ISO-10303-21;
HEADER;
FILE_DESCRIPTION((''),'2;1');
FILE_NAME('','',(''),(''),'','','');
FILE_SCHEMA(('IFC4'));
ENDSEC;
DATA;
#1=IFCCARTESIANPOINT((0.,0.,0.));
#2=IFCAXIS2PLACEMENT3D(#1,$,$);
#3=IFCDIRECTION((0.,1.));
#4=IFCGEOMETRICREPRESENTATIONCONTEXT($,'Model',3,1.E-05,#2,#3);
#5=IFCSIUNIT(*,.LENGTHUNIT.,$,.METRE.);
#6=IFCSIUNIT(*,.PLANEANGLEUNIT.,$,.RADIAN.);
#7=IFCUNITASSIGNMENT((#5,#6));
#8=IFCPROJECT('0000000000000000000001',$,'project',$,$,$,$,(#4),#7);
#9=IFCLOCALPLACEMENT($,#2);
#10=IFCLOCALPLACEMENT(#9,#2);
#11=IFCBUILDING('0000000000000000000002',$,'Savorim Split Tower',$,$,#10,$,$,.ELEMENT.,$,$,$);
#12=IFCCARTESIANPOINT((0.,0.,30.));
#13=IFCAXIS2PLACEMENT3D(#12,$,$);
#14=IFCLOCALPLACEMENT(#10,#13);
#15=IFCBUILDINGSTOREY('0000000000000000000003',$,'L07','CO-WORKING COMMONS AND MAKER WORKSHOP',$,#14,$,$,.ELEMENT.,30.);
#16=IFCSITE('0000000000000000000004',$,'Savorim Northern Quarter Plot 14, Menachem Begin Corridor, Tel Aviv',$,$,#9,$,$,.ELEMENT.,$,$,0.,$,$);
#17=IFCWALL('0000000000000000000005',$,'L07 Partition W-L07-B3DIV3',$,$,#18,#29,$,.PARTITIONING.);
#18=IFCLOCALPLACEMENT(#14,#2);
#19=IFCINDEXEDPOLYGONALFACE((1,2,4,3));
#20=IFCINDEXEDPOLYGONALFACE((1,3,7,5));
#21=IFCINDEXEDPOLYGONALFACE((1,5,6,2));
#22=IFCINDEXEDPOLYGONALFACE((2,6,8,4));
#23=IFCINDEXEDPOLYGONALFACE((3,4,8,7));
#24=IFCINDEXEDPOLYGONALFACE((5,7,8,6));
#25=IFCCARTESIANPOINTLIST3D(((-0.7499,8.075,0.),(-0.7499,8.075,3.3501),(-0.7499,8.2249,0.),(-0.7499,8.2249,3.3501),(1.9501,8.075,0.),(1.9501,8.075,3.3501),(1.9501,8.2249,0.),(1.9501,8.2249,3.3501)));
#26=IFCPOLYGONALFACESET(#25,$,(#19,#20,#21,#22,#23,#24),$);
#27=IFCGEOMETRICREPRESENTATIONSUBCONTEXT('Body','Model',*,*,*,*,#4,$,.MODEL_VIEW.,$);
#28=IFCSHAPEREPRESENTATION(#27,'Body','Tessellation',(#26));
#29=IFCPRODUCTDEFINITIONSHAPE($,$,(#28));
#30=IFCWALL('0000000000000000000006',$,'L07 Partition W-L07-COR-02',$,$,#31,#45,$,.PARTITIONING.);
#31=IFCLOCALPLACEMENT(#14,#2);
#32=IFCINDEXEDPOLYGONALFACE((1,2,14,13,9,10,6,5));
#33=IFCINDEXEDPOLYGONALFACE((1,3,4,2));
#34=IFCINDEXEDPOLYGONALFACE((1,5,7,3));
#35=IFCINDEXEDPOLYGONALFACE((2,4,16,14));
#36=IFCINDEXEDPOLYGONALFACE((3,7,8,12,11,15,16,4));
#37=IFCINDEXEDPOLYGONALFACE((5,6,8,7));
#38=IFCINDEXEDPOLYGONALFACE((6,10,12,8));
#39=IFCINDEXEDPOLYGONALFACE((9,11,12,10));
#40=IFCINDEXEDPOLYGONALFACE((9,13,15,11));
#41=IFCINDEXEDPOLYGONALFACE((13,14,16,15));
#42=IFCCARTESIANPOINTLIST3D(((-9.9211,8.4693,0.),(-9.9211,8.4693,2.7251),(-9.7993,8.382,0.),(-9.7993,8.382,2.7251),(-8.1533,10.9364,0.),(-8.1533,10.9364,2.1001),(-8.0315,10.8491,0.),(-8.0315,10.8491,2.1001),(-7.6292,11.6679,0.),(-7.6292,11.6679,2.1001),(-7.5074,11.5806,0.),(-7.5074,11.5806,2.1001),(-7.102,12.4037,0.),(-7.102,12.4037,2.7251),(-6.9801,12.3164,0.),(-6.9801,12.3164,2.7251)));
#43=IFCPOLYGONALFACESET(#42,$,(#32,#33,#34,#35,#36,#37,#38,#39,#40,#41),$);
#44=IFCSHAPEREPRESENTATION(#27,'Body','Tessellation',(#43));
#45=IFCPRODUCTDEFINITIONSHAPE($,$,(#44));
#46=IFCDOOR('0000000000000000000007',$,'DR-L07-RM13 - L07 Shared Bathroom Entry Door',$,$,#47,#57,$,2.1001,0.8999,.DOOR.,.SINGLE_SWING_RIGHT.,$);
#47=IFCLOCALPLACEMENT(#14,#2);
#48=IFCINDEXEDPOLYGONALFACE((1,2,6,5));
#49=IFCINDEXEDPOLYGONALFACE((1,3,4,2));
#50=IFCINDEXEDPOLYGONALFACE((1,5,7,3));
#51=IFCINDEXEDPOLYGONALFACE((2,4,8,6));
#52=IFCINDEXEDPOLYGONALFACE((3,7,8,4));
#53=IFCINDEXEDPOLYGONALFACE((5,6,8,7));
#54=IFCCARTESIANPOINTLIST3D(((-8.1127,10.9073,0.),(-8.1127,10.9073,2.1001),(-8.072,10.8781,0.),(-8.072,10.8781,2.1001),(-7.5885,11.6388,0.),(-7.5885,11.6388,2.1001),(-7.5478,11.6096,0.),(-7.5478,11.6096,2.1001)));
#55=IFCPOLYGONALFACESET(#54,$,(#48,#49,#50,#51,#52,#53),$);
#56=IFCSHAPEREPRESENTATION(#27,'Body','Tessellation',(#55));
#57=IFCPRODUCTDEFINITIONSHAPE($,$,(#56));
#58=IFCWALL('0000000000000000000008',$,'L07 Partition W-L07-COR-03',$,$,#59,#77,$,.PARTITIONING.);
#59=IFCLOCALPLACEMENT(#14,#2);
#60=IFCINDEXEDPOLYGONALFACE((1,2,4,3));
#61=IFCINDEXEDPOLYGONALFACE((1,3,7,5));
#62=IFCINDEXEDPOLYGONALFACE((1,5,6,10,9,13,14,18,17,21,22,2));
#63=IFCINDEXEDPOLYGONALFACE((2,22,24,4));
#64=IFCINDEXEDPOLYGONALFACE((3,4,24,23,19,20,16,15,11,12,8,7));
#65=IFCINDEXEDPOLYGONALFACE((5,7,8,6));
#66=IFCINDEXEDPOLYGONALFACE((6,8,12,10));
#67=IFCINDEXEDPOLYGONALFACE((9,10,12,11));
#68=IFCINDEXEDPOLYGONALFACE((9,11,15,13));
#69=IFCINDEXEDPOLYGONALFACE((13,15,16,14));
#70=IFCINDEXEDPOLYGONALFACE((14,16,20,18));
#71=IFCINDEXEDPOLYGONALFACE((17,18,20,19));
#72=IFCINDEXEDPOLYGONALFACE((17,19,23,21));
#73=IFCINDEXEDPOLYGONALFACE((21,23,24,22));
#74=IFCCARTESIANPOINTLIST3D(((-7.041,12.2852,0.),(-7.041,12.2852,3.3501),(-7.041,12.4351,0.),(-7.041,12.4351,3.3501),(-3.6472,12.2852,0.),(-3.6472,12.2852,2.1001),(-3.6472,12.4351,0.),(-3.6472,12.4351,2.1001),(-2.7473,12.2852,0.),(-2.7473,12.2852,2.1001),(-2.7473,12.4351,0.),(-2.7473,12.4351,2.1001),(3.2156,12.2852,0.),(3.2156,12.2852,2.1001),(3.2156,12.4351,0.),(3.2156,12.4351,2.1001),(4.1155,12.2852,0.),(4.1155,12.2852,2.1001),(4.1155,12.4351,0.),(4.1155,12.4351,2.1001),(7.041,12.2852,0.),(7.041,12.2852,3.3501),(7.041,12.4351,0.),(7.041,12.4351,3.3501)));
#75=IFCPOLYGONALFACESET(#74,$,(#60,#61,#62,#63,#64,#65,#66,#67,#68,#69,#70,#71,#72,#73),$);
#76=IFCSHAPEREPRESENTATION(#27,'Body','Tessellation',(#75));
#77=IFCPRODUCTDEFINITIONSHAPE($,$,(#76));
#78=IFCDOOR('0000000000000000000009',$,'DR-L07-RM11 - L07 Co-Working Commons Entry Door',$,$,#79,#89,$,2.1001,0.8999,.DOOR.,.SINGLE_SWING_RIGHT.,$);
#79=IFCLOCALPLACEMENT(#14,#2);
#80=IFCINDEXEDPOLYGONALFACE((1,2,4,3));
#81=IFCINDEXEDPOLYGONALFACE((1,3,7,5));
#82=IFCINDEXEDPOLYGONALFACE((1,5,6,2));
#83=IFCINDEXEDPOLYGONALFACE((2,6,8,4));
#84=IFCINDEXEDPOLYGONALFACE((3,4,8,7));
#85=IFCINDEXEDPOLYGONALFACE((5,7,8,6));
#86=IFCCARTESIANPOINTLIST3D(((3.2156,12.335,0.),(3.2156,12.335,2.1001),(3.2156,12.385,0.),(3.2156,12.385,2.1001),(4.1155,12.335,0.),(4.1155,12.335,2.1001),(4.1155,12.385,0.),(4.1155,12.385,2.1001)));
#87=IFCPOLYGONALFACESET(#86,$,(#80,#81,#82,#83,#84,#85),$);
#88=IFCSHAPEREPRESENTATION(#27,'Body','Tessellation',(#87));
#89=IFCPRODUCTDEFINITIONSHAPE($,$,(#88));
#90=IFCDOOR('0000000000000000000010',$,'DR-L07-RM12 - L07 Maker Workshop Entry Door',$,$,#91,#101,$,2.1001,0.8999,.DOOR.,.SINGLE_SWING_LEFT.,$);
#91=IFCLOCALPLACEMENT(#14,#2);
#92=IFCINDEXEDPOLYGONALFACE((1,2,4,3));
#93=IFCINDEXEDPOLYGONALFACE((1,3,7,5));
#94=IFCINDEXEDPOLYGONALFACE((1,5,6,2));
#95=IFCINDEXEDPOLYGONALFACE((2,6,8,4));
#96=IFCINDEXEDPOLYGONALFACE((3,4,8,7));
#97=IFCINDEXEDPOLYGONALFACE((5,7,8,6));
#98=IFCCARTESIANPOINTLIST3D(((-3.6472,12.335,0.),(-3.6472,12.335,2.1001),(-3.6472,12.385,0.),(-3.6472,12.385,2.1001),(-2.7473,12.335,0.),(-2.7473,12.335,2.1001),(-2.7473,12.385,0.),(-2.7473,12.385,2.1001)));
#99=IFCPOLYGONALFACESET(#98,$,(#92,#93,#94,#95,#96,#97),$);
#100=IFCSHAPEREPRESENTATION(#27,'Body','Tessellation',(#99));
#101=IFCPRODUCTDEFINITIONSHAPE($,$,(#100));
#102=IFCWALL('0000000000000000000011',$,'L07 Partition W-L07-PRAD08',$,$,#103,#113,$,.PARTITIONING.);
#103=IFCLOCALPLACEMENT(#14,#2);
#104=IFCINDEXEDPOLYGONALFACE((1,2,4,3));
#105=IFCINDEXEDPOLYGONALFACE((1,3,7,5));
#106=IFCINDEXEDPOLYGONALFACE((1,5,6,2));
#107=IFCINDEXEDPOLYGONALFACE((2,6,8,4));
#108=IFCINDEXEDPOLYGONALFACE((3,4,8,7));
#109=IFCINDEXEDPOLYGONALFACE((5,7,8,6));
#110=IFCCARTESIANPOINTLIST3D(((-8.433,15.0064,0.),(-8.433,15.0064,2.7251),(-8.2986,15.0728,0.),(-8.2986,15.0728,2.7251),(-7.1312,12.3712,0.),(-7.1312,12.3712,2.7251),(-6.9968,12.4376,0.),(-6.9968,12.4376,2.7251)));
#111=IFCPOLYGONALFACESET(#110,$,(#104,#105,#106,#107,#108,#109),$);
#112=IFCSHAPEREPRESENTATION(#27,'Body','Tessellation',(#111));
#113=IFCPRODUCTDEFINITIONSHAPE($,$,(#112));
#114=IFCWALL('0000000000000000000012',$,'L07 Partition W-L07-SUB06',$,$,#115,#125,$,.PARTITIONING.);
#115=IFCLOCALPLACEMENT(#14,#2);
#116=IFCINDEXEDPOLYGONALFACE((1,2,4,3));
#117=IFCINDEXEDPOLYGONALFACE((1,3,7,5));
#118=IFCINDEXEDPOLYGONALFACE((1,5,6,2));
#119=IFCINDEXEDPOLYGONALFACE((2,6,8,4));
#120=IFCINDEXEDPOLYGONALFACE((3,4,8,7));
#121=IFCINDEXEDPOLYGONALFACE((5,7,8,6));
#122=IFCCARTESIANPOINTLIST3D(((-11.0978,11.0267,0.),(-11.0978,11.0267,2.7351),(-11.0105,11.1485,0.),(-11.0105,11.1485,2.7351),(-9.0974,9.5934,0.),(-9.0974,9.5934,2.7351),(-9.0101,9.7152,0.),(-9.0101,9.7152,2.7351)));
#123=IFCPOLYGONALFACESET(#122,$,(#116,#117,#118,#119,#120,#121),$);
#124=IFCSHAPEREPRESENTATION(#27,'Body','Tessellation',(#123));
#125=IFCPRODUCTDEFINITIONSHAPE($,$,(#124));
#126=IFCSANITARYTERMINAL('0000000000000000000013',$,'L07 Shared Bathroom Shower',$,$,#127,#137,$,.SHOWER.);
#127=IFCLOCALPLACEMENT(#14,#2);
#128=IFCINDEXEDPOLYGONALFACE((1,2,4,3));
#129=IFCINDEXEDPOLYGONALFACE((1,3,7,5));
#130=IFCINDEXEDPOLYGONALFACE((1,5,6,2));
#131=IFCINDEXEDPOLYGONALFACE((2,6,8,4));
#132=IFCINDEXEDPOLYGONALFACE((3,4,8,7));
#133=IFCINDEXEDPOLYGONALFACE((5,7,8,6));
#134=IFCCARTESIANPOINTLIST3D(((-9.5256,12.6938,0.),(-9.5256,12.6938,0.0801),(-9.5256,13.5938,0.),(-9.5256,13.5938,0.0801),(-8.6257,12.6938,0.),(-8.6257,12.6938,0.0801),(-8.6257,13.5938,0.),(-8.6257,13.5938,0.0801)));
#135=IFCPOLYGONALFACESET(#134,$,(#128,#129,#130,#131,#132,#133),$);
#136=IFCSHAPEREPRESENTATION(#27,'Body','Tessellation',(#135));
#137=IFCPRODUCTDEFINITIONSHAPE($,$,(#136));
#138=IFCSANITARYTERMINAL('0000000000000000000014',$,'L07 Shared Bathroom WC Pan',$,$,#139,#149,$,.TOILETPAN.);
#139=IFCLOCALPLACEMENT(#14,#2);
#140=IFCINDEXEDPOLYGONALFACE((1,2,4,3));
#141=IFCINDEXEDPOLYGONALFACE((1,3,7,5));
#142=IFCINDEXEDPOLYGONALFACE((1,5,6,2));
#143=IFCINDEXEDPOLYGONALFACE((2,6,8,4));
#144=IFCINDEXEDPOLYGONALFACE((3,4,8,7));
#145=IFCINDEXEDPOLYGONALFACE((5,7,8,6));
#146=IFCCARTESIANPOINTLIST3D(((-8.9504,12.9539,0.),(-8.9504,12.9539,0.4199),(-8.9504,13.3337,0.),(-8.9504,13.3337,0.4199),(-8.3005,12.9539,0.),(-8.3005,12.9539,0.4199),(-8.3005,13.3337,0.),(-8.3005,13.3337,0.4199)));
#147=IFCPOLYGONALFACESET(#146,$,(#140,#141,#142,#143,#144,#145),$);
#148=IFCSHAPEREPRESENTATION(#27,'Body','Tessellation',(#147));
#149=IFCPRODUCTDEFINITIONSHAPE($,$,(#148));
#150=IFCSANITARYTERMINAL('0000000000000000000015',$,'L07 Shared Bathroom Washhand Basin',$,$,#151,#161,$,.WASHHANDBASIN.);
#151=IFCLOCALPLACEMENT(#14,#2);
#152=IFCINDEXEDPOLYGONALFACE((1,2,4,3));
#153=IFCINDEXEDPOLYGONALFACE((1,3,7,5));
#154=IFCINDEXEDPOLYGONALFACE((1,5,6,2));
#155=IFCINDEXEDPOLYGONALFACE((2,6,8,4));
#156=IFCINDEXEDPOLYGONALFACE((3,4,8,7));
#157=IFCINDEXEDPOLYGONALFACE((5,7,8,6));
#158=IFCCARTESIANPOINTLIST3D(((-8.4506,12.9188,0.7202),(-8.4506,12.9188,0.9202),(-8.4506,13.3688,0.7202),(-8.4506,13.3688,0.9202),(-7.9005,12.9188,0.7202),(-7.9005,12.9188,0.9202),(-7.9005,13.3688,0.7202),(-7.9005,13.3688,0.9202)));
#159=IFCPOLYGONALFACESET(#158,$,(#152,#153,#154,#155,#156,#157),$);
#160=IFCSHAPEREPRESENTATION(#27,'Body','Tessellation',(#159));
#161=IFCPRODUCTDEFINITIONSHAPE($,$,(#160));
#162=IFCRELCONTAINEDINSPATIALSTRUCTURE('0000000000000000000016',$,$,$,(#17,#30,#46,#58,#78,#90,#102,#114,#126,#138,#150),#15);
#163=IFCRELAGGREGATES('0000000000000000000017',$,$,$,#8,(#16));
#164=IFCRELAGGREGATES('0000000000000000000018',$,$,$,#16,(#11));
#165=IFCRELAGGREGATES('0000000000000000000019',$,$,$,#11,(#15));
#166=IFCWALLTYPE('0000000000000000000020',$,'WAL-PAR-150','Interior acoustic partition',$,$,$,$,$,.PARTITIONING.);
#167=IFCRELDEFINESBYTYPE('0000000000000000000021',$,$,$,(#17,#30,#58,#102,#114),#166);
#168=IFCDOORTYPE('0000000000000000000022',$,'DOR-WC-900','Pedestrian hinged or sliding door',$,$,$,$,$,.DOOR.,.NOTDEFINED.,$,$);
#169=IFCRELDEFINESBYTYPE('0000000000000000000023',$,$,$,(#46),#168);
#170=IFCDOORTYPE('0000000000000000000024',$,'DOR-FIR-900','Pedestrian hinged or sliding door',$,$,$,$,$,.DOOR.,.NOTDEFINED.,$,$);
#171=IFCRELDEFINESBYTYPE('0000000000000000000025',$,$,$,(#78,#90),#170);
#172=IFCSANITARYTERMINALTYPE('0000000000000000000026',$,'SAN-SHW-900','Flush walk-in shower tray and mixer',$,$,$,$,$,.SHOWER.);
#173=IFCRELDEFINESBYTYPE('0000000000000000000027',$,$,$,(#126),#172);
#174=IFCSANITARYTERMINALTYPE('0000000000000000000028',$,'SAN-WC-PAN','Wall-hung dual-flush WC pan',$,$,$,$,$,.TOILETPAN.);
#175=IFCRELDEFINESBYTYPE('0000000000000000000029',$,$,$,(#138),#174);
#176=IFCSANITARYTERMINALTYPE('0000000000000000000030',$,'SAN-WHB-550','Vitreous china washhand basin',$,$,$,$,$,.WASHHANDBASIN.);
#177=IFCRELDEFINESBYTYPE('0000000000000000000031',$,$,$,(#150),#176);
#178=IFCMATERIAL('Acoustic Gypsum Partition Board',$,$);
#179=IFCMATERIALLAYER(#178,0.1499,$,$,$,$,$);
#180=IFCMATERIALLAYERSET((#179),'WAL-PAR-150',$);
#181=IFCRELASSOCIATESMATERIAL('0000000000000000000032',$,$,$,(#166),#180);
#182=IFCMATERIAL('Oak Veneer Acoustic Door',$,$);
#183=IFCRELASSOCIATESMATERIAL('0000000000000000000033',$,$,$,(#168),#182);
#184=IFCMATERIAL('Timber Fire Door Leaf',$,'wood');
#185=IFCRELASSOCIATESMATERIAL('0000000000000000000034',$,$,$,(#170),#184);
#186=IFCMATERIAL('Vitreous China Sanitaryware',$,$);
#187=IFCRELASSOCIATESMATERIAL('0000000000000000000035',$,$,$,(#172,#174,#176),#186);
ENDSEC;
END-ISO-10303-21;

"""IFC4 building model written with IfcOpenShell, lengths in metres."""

from ifc_helpers import new_model, si_unit, direction, frame, frame_2d, origin, origin_2d, place, context, subcontext, project, spatial, rectangle, extrude, material, layer, layer_set, type_object, element, fill, save


model = new_model("IFC4")

# Units and contexts
model_context = context("Model", 3, precision=1e-05, world=origin(), true_north=direction((0.0, 1.0)))
body_context = subcontext(model_context, "Body", "Model", "MODEL_VIEW")
ifc_project = project(units=[si_unit("LENGTHUNIT", "METRE"), si_unit("PLANEANGLEUNIT", "RADIAN")], contexts=[model_context])

# Site, building, storey
site_placement = place(None, origin())
site = spatial("IfcSite", under=ifc_project, at=site_placement, Name="Savorim Northern Quarter Plot 14, Menachem Begin Corridor, Tel Aviv", CompositionType="ELEMENT", RefElevation=0.0)
building_placement = place(site_placement, origin())
building = spatial("IfcBuilding", under=site, at=building_placement, Name="Savorim Split Tower", CompositionType="ELEMENT")
storey_placement = place(building_placement, frame((0.0, 0.0, 30.0)))
storey = spatial("IfcBuildingStorey", under=building, at=storey_placement, Name="L07", Description="CO-WORKING COMMONS AND MAKER WORKSHOP", CompositionType="ELEMENT", Elevation=30.0)

# Wall
ifc_material_1 = material(Name="Acoustic Gypsum Partition Board")
ifc_layer_1 = layer(ifc_material_1, 0.1499)
ifc_layer_set_1 = layer_set([ifc_layer_1], Name="WAL-PAR-150")
wall_type_1 = type_object("IfcWallType", Name="WAL-PAR-150", Description="Interior acoustic partition", PredefinedType="PARTITIONING", material=ifc_layer_set_1)
wall_1_placement = place(storey_placement, frame((-0.75, 8.1499, 0.0), z_axis=(0.0, 0.0, 1.0), x_axis=(1.0, 0.0, 0.0)))
element("IfcWall", 1, at=wall_1_placement, inside=storey, type_object=wall_type_1, Name="L07 Partition W-L07-B3DIV3", PredefinedType="PARTITIONING", context=body_context, shape_type="SweptSolid", body=[
    extrude(rectangle(XDim=2.7, YDim=0.1499, at=frame_2d((1.3501, 0.0))), origin(), (0.0, 0.0, 1.0), 3.3501),
])

# Wall, opening, door
wall_2_placement = place(storey_placement, frame((-9.8601, 8.4258, 0.0), z_axis=(0.0, 0.0, 1.0), x_axis=(0.58245, 0.812867, 0.0)))
wall_2 = element("IfcWall", 2, at=wall_2_placement, inside=storey, type_object=wall_type_1, Name="L07 Partition W-L07-COR-02", PredefinedType="PARTITIONING", context=body_context, shape_type="SweptSolid", body=[
    extrude(rectangle(XDim=4.8401, YDim=0.1499, at=frame_2d((2.4199, 0.0))), origin(), (0.0, 0.0, 1.0), 2.7251),
])
opening_1_placement = place(wall_2_placement, frame((3.0349, 0.0, 0.0)))
opening_1 = element("IfcOpeningElement", 3, at=opening_1_placement, cuts=wall_2, PredefinedType="OPENING", context=body_context, shape_type="SweptSolid", body=[
    extrude(rectangle(XDim=0.8999, YDim=2.1001, at=frame_2d((0.45, 1.05))), frame((0.0, 0.085, 0.0), z_axis=(0.0, -1.0, 0.0), x_axis=(1.0, 0.0, 0.0)), (0.0, 0.0, 1.0), 0.1699),
])
ifc_material_2 = material(Name="Oak Veneer Acoustic Door")
door_type_1 = type_object("IfcDoorType", Name="DOR-WC-900", Description="Pedestrian hinged or sliding door", OperationType="NOTDEFINED", PredefinedType="DOOR", material=ifc_material_2)
door_1_placement = place(opening_1_placement, origin())
door_1 = element("IfcDoor", 4, at=door_1_placement, inside=storey, type_object=door_type_1, Name="DR-L07-RM13 - L07 Shared Bathroom Entry Door", OperationType="SINGLE_SWING_RIGHT", OverallHeight=2.1001, OverallWidth=0.8999, PredefinedType="DOOR", context=body_context, shape_type="SweptSolid", body=[
    extrude(rectangle(XDim=0.8999, YDim=2.1001, at=frame_2d((0.45, 1.05))), frame((0.0, 0.0249, 0.0), z_axis=(0.0, -1.0, 0.0), x_axis=(1.0, 0.0, 0.0)), (0.0, 0.0, 1.0), 0.05),
])
fill(opening_1, door_1)

# Wall, openings, doors
wall_3_placement = place(storey_placement, frame((-7.041, 12.3601, 0.0), z_axis=(0.0, 0.0, 1.0), x_axis=(1.0, 0.0, 0.0)))
wall_3 = element("IfcWall", 5, at=wall_3_placement, inside=storey, type_object=wall_type_1, Name="L07 Partition W-L07-COR-03", PredefinedType="PARTITIONING", context=body_context, shape_type="SweptSolid", body=[
    extrude(rectangle(XDim=14.082, YDim=0.1499, at=frame_2d((7.041, 0.0))), origin(), (0.0, 0.0, 1.0), 3.3501),
])
opening_2_placement = place(wall_3_placement, frame((10.2566, 0.0, 0.0)))
opening_2 = element("IfcOpeningElement", 6, at=opening_2_placement, cuts=wall_3, PredefinedType="OPENING", context=body_context, shape_type="SweptSolid", body=[
    extrude(rectangle(XDim=0.8999, YDim=2.1001, at=frame_2d((0.45, 1.05))), frame((0.0, 0.085, 0.0), z_axis=(0.0, -1.0, 0.0), x_axis=(1.0, 0.0, 0.0)), (0.0, 0.0, 1.0), 0.1699),
])
opening_3_placement = place(wall_3_placement, frame((3.3938, 0.0, 0.0)))
opening_3 = element("IfcOpeningElement", 7, at=opening_3_placement, cuts=wall_3, PredefinedType="OPENING", context=body_context, shape_type="SweptSolid", body=[
    extrude(rectangle(XDim=0.8999, YDim=2.1001, at=frame_2d((0.45, 1.05))), frame((0.0, 0.085, 0.0), z_axis=(0.0, -1.0, 0.0), x_axis=(1.0, 0.0, 0.0)), (0.0, 0.0, 1.0), 0.1699),
])
ifc_material_3 = material(Name="Timber Fire Door Leaf", Category="wood")
door_type_2 = type_object("IfcDoorType", Name="DOR-FIR-900", Description="Pedestrian hinged or sliding door", OperationType="NOTDEFINED", PredefinedType="DOOR", material=ifc_material_3)
door_2_placement = place(opening_2_placement, origin())
door_2 = element("IfcDoor", 8, at=door_2_placement, inside=storey, type_object=door_type_2, Name="DR-L07-RM11 - L07 Co-Working Commons Entry Door", OperationType="SINGLE_SWING_RIGHT", OverallHeight=2.1001, OverallWidth=0.8999, PredefinedType="DOOR", context=body_context, shape_type="SweptSolid", body=[
    extrude(rectangle(XDim=0.8999, YDim=2.1001, at=frame_2d((0.45, 1.05))), frame((0.0, 0.0249, 0.0), z_axis=(0.0, -1.0, 0.0), x_axis=(1.0, 0.0, 0.0)), (0.0, 0.0, 1.0), 0.05),
])
fill(opening_2, door_2)
door_3_placement = place(opening_3_placement, origin())
door_3 = element("IfcDoor", 9, at=door_3_placement, inside=storey, type_object=door_type_2, Name="DR-L07-RM12 - L07 Maker Workshop Entry Door", OperationType="SINGLE_SWING_LEFT", OverallHeight=2.1001, OverallWidth=0.8999, PredefinedType="DOOR", context=body_context, shape_type="SweptSolid", body=[
    extrude(rectangle(XDim=0.8999, YDim=2.1001, at=frame_2d((0.45, 1.05))), frame((0.0, 0.0249, 0.0), z_axis=(0.0, -1.0, 0.0), x_axis=(1.0, 0.0, 0.0)), (0.0, 0.0, 1.0), 0.05),
])
fill(opening_3, door_3)

# Walls
wall_4_placement = place(storey_placement, frame((-7.064, 12.4043, 0.0), z_axis=(0.0, 0.0, 1.0), x_axis=(-0.442889, 0.896576, 0.0)))
element("IfcWall", 10, at=wall_4_placement, inside=storey, type_object=wall_type_1, Name="L07 Partition W-L07-PRAD08", PredefinedType="PARTITIONING", context=body_context, shape_type="SweptSolid", body=[
    extrude(rectangle(XDim=2.9392, YDim=0.1499, at=frame_2d((1.4697, 0.0))), origin(), (0.0, 0.0, 1.0), 2.7251),
])
wall_5_placement = place(storey_placement, frame((-9.0537, 9.6543, 0.0), z_axis=(0.0, 0.0, 1.0), x_axis=(-0.812881, 0.582429, 0.0)))
element("IfcWall", 11, at=wall_5_placement, inside=storey, type_object=wall_type_1, Name="L07 Partition W-L07-SUB06", PredefinedType="PARTITIONING", context=body_context, shape_type="SweptSolid", body=[
    extrude(rectangle(XDim=2.4609, YDim=0.1499, at=frame_2d((1.2305, 0.0))), origin(), (0.0, 0.0, 1.0), 2.7351),
])

# Sanitary terminals
ifc_material_4 = material(Name="Vitreous China Sanitaryware")
sanitary_terminal_type_1 = type_object("IfcSanitaryTerminalType", Name="SAN-SHW-900", Description="Flush walk-in shower tray and mixer", PredefinedType="SHOWER", material=ifc_material_4)
sanitary_terminal_1_placement = place(storey_placement, frame((-9.0757, 13.1438, 0.0), z_axis=(0.0, 0.0, 1.0), x_axis=(1.0, 0.0, 0.0)))
element("IfcSanitaryTerminal", 12, at=sanitary_terminal_1_placement, inside=storey, type_object=sanitary_terminal_type_1, Name="L07 Shared Bathroom Shower", PredefinedType="SHOWER", context=body_context, shape_type="SweptSolid", body=[
    extrude(rectangle(XDim=0.8999, YDim=0.8999, at=origin_2d()), origin(), (0.0, 0.0, 1.0), 0.0801),
])
sanitary_terminal_type_2 = type_object("IfcSanitaryTerminalType", Name="SAN-WC-PAN", Description="Wall-hung dual-flush WC pan", PredefinedType="TOILETPAN", material=ifc_material_4)
sanitary_terminal_2_placement = place(storey_placement, frame((-8.6255, 13.1438, 0.0), z_axis=(0.0, 0.0, 1.0), x_axis=(1.0, 0.0, 0.0)))
element("IfcSanitaryTerminal", 13, at=sanitary_terminal_2_placement, inside=storey, type_object=sanitary_terminal_type_2, Name="L07 Shared Bathroom WC Pan", PredefinedType="TOILETPAN", context=body_context, shape_type="SweptSolid", body=[
    extrude(rectangle(XDim=0.6499, YDim=0.3799, at=origin_2d()), origin(), (0.0, 0.0, 1.0), 0.4199),
])
sanitary_terminal_type_3 = type_object("IfcSanitaryTerminalType", Name="SAN-WHB-550", Description="Vitreous china washhand basin", PredefinedType="WASHHANDBASIN", material=ifc_material_4)
sanitary_terminal_3_placement = place(storey_placement, frame((-8.1755, 13.1438, 0.7202), z_axis=(0.0, 0.0, 1.0), x_axis=(1.0, 0.0, 0.0)))
element("IfcSanitaryTerminal", 14, at=sanitary_terminal_3_placement, inside=storey, type_object=sanitary_terminal_type_3, Name="L07 Shared Bathroom Washhand Basin", PredefinedType="WASHHANDBASIN", context=body_context, shape_type="SweptSolid", body=[
    extrude(rectangle(XDim=0.55, YDim=0.45, at=origin_2d()), origin(), (0.0, 0.0, 1.0), 0.2),
])

save(model, "model.ifc")
